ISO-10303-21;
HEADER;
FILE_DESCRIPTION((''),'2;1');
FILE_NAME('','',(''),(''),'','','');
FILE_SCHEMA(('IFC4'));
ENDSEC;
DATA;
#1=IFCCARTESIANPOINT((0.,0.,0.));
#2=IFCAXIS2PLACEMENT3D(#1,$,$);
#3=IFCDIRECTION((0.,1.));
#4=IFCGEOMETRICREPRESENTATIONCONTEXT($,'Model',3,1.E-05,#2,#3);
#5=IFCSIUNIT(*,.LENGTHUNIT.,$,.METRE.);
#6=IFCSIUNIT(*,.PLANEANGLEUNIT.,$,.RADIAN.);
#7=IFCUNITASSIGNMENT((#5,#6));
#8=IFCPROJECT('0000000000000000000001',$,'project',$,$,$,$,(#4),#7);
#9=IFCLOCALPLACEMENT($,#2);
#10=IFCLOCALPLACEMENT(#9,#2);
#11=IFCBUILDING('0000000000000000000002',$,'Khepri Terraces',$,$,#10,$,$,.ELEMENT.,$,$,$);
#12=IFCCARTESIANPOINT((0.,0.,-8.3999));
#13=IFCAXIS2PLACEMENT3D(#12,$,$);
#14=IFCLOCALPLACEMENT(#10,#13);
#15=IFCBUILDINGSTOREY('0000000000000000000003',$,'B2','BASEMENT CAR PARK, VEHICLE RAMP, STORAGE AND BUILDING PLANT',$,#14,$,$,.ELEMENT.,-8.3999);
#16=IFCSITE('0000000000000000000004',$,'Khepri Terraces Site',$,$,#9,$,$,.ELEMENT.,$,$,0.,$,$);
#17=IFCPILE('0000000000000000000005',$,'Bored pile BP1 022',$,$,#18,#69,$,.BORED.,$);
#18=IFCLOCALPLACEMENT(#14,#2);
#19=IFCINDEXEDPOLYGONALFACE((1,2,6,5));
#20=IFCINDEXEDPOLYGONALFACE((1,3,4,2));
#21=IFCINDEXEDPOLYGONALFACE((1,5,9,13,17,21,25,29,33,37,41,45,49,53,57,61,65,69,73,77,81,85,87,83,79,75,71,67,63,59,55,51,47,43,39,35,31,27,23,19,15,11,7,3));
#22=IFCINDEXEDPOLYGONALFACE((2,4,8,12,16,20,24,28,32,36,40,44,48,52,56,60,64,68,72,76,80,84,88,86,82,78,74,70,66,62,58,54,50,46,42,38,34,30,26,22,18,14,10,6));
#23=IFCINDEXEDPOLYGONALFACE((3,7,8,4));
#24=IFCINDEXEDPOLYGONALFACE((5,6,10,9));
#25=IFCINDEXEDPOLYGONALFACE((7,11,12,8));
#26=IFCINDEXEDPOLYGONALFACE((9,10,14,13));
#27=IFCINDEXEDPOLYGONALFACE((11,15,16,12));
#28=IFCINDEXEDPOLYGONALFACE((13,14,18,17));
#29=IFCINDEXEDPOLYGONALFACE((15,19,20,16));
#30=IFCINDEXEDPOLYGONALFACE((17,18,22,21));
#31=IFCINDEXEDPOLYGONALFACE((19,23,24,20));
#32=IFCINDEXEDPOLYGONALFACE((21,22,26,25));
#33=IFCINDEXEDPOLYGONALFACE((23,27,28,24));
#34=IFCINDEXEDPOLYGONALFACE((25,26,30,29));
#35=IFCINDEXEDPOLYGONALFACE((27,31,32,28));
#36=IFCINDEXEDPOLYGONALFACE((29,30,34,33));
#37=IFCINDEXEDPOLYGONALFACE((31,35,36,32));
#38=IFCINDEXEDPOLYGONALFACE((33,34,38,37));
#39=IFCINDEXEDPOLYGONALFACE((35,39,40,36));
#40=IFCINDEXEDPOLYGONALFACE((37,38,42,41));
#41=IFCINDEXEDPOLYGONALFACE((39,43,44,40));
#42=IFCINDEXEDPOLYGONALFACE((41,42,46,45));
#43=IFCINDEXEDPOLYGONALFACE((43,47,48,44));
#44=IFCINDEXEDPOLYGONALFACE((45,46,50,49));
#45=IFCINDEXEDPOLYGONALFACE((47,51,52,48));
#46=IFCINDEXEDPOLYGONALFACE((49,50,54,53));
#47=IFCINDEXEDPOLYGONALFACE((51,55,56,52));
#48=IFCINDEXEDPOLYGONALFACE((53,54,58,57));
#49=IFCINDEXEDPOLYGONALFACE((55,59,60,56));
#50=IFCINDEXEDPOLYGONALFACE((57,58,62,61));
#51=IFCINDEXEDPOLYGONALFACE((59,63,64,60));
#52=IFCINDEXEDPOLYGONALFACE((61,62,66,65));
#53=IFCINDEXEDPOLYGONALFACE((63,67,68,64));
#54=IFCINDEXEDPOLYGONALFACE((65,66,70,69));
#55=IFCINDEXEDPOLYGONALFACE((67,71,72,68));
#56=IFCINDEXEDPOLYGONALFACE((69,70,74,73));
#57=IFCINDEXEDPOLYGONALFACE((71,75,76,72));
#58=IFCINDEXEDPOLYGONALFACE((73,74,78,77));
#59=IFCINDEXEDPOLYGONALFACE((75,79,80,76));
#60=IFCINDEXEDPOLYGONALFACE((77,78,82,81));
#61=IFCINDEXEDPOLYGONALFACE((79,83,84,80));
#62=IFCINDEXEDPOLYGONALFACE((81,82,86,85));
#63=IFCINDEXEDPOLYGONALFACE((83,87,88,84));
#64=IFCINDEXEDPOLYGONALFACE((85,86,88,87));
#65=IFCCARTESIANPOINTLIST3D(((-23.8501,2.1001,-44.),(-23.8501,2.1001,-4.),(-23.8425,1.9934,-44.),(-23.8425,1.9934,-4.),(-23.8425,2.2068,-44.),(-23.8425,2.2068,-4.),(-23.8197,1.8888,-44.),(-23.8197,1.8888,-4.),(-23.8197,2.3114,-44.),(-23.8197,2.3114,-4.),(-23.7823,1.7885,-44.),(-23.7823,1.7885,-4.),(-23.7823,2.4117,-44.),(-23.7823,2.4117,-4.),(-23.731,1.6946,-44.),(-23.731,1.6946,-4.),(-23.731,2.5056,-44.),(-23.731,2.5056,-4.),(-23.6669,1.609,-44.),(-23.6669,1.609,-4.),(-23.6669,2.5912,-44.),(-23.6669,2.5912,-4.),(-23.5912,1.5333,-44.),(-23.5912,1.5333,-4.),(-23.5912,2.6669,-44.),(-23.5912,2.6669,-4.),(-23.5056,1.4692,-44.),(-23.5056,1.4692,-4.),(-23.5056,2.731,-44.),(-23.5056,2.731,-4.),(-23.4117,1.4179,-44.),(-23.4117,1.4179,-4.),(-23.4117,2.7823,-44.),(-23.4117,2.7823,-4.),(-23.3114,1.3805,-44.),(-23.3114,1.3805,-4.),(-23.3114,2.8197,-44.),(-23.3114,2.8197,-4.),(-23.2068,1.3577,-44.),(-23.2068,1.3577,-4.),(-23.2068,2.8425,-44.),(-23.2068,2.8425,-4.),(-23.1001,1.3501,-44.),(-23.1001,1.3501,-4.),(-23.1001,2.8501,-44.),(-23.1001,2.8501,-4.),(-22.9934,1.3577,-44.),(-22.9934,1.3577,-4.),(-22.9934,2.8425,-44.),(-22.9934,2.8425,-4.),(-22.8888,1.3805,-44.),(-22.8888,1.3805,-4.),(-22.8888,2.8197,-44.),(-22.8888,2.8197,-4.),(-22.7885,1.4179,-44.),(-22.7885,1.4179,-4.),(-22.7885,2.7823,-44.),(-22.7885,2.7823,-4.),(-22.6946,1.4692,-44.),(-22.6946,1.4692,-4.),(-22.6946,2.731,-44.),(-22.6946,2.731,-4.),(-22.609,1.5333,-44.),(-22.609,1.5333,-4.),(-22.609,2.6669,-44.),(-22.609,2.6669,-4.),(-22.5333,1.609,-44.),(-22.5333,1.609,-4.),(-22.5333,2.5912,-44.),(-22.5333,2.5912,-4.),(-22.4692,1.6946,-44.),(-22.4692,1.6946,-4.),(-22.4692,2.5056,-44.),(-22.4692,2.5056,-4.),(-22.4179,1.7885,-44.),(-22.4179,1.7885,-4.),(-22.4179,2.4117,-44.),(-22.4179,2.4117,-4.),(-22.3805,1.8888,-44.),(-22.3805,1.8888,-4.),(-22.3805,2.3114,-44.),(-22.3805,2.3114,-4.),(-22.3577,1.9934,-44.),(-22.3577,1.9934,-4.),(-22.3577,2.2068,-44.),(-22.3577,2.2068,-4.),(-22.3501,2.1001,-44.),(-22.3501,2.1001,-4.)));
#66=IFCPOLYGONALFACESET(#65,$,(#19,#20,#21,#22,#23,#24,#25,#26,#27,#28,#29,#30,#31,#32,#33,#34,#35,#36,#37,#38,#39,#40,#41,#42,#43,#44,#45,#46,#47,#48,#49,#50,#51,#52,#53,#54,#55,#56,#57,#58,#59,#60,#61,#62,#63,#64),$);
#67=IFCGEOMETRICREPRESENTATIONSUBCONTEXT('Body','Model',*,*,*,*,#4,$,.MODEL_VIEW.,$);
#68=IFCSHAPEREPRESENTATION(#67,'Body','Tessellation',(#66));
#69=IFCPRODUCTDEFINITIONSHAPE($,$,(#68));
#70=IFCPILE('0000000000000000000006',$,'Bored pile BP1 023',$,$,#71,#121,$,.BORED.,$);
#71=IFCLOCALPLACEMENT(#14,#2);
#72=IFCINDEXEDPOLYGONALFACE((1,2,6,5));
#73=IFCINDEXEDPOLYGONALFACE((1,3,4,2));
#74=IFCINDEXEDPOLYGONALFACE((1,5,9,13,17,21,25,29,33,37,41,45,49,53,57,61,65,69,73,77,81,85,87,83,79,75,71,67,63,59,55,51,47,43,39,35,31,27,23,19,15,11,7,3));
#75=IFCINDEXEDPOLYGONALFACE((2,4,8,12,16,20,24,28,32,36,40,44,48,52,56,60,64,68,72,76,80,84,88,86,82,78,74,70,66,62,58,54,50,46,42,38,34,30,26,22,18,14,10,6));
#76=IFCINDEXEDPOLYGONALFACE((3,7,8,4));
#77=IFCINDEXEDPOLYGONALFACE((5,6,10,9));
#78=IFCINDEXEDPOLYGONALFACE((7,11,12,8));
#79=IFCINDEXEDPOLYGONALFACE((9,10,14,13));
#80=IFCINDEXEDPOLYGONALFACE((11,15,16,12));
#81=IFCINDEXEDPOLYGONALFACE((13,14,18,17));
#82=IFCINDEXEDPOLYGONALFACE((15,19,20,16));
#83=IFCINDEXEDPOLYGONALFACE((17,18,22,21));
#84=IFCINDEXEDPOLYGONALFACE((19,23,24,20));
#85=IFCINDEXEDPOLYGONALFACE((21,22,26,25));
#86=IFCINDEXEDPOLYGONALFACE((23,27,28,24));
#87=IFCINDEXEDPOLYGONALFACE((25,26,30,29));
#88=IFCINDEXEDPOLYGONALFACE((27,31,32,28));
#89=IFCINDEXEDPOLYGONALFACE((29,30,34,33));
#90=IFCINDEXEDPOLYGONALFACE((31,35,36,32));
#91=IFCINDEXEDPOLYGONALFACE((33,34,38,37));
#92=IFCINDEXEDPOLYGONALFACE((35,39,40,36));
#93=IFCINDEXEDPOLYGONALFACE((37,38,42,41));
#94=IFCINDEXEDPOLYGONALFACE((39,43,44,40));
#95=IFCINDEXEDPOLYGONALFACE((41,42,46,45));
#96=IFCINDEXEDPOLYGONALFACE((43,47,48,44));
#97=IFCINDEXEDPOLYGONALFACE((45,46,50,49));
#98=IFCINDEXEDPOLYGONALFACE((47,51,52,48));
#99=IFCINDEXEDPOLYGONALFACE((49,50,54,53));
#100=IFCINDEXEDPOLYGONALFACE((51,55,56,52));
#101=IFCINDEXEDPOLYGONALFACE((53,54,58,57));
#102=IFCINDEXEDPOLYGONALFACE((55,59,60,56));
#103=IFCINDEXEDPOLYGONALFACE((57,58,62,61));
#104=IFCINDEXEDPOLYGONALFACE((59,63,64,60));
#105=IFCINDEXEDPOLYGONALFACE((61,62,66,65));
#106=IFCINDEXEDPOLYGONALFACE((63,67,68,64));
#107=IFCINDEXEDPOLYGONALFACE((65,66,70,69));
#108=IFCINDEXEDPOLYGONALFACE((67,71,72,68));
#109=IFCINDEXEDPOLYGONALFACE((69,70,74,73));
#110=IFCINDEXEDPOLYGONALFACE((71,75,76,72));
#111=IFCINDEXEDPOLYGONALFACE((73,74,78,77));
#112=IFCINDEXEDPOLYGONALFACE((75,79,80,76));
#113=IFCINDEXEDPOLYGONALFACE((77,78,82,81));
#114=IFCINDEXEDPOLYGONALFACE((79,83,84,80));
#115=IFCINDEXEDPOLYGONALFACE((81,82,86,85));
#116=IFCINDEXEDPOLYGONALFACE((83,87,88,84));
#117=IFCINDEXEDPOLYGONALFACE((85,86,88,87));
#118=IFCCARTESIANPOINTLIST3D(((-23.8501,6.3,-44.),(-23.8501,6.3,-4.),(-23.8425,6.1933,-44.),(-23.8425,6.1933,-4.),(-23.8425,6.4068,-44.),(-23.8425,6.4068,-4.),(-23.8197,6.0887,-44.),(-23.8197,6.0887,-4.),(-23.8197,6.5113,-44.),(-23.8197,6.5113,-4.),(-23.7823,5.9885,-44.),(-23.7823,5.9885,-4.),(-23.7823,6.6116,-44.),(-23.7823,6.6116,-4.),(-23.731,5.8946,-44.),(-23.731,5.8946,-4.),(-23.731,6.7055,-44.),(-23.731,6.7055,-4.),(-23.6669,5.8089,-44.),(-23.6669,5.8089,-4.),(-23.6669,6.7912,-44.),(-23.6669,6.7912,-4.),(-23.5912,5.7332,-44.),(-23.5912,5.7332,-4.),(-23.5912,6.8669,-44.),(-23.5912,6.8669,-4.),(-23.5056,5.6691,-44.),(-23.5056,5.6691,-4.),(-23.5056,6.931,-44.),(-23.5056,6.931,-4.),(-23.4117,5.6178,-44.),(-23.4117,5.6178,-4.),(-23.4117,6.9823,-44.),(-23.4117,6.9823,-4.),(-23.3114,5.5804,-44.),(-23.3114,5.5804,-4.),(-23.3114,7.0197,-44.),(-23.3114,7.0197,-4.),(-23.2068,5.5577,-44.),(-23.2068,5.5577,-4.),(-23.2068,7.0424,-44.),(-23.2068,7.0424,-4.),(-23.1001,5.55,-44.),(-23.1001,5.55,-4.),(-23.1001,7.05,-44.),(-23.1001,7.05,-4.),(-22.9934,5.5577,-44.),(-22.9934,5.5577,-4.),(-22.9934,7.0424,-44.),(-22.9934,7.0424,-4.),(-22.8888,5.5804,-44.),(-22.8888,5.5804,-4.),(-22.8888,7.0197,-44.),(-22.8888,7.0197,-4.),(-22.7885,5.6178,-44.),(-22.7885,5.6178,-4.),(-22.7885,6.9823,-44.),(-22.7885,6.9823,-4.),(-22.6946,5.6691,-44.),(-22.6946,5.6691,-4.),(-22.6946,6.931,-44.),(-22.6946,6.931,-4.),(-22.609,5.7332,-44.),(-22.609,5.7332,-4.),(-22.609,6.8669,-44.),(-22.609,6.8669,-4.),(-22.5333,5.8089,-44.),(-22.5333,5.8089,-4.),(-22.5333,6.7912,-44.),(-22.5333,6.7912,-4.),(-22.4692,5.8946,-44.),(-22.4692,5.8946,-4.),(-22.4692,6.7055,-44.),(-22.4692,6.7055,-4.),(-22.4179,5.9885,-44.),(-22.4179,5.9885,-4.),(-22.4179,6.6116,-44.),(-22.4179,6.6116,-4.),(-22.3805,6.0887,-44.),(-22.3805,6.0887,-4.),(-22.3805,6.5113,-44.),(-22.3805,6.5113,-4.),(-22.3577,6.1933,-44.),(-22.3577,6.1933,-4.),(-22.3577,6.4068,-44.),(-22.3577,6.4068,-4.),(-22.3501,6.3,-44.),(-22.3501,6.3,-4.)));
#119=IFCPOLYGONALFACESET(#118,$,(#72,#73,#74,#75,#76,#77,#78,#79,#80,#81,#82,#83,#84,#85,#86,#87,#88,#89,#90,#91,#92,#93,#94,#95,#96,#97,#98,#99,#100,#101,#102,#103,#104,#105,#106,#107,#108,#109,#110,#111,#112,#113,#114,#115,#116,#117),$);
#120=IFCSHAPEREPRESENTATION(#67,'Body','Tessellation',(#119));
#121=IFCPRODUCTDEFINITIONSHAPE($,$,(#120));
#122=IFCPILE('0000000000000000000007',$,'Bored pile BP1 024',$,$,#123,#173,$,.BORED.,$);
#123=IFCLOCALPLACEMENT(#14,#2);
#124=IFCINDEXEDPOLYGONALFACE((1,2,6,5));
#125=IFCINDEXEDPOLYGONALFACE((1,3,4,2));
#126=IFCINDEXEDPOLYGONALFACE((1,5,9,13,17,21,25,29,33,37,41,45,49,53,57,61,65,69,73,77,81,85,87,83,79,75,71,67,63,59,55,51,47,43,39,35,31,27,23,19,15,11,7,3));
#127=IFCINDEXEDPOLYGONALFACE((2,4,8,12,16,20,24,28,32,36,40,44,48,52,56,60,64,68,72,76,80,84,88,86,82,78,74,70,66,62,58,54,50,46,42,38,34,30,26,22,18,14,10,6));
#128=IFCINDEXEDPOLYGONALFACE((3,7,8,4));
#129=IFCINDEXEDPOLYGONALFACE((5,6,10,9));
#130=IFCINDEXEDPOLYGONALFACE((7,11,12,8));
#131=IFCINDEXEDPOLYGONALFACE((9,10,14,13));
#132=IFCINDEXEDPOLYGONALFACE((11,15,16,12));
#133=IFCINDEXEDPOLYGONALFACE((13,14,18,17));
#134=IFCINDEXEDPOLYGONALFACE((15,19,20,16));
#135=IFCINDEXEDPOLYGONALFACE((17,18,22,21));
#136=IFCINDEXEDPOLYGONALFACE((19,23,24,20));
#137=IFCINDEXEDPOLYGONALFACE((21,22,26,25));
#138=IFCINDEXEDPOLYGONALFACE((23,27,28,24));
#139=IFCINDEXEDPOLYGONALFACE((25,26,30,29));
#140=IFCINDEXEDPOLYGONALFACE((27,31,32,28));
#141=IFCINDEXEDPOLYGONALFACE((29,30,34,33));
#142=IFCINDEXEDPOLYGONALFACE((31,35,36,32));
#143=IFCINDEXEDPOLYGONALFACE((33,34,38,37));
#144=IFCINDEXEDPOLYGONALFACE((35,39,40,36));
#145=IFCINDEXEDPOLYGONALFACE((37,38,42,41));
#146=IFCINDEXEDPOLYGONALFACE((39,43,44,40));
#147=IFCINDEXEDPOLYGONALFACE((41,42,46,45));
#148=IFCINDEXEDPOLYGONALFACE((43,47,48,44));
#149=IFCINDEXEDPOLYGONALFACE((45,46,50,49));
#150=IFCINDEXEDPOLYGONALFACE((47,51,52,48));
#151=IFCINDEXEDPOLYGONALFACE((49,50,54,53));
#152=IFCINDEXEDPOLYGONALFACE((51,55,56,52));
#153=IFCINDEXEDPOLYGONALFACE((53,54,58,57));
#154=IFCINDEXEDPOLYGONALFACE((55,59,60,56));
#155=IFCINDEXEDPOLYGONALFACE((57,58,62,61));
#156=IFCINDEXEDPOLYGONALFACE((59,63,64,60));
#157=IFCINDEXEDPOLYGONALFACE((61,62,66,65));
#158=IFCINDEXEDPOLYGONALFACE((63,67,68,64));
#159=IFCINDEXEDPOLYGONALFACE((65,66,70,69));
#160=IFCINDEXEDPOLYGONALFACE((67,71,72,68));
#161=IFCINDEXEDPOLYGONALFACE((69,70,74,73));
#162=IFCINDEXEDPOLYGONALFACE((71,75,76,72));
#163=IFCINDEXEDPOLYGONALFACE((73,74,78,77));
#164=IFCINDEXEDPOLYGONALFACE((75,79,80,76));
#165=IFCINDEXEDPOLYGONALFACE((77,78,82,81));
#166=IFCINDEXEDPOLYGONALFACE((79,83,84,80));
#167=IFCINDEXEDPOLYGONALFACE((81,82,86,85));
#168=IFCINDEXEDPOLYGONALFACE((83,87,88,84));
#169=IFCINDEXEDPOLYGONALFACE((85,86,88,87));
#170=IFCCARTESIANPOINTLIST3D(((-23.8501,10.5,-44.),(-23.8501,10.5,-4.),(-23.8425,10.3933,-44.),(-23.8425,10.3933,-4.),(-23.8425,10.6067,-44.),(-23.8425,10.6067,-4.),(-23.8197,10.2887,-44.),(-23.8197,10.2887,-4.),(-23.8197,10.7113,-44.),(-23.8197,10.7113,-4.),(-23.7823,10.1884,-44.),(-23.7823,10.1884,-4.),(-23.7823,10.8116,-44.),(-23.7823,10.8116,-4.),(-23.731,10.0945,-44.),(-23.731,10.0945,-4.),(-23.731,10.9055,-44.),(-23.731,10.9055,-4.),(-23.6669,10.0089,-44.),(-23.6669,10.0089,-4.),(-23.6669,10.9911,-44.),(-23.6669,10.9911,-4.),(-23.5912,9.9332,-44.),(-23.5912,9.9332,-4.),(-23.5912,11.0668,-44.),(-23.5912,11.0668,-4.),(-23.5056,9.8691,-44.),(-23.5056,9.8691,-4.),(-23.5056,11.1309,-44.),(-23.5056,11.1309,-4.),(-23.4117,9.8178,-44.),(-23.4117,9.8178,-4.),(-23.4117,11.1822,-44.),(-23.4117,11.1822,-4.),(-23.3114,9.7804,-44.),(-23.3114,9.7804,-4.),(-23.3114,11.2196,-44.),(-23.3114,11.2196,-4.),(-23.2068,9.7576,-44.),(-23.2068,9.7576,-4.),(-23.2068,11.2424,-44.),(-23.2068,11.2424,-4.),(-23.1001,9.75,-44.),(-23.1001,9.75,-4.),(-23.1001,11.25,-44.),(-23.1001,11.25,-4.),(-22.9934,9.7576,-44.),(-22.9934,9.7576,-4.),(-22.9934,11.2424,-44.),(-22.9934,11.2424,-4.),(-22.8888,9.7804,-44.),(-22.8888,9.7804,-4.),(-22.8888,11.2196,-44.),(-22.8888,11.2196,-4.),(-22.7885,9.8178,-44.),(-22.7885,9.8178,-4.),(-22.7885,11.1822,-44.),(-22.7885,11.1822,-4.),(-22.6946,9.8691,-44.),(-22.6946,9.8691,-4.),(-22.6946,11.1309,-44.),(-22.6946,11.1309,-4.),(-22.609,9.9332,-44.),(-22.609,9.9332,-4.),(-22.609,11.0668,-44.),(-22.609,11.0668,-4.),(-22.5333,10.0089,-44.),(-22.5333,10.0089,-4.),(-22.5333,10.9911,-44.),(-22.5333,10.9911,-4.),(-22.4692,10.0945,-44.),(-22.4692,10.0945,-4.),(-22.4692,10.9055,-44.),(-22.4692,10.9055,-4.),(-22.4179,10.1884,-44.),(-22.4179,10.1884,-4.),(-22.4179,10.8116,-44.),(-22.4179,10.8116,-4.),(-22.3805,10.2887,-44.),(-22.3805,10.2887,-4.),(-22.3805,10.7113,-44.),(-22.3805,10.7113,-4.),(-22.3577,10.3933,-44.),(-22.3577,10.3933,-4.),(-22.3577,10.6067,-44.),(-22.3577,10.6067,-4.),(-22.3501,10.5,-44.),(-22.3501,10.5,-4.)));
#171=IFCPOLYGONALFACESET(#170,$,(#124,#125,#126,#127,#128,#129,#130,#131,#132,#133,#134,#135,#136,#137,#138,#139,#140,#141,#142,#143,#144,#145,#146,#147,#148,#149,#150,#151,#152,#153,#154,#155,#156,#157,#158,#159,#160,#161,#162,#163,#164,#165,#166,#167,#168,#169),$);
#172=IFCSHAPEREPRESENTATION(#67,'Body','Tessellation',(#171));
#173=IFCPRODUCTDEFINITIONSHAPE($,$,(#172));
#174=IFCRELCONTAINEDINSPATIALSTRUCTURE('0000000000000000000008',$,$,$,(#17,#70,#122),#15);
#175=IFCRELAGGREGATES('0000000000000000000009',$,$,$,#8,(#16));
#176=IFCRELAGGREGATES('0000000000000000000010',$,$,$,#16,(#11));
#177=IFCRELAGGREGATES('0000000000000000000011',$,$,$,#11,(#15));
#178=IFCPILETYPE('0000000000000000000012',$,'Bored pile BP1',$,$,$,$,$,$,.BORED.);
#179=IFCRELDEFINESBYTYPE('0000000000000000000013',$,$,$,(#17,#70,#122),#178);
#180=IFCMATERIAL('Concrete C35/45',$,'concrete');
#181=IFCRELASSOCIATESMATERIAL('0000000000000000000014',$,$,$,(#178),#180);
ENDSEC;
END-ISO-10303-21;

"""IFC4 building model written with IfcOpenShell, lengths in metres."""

from ifc_helpers import new_model, si_unit, direction, frame, origin, origin_2d, place, context, subcontext, project, spatial, circle, extrude, material, material_profile, profile_set, type_object, element, save


model = new_model("IFC4")

# Units and contexts
model_context = context("Model", 3, precision=1e-05, world=origin(), true_north=direction((0.0, 1.0)))
body_context = subcontext(model_context, "Body", "Model", "MODEL_VIEW")
ifc_project = project(units=[si_unit("LENGTHUNIT", "METRE"), si_unit("PLANEANGLEUNIT", "RADIAN")], contexts=[model_context])

# Site, building, storey
site_placement = place(None, origin())
site = spatial("IfcSite", under=ifc_project, at=site_placement, Name="Khepri Terraces Site", CompositionType="ELEMENT", RefElevation=0.0)
building_placement = place(site_placement, origin())
building = spatial("IfcBuilding", under=site, at=building_placement, Name="Khepri Terraces", CompositionType="ELEMENT")
storey_placement = place(building_placement, frame((0.0, 0.0, -8.3999)))
storey = spatial("IfcBuildingStorey", under=building, at=storey_placement, Name="B2", Description="BASEMENT CAR PARK, VEHICLE RAMP, STORAGE AND BUILDING PLANT", CompositionType="ELEMENT", Elevation=-8.3999)

# Piles
ifc_material_1 = material(Name="Concrete C35/45", Category="concrete")
ifc_material_profile_1 = material_profile(ifc_material_1, circle(Radius=0.75, at=origin_2d()), Name="Concrete C35/45", Category="concrete")
ifc_profile_set_1 = profile_set([ifc_material_profile_1], Name="Concrete C35/45")
pile_type = type_object("IfcPileType", Name="Bored pile BP1", PredefinedType="BORED", material=ifc_profile_set_1)
for number, where, z_axis, x_axis, name in (
    (1, (-23.1001, 2.1001, -4.0), (0.0, 0.0, -1.0), (1.0, 0.0, 0.0), "Bored pile BP1 022"),
    (2, (-23.1001, 6.3, -4.0), (0.0, 0.0, -1.0), (1.0, 0.0, 0.0), "Bored pile BP1 023"),
    (3, (-23.1001, 10.5, -4.0), (0.0, 0.0, -1.0), (1.0, 0.0, 0.0), "Bored pile BP1 024"),
):
    element("IfcPile", number, at=place(storey_placement, frame(where, z_axis=z_axis, x_axis=x_axis)), inside=storey, type_object=pile_type, Name=name, PredefinedType="BORED", context=body_context, shape_type="SweptSolid", body=[
        extrude(circle(Radius=0.75, at=origin_2d()), origin(), (0.0, 0.0, 1.0), 40.0),
    ])

save(model, "model.ifc")
